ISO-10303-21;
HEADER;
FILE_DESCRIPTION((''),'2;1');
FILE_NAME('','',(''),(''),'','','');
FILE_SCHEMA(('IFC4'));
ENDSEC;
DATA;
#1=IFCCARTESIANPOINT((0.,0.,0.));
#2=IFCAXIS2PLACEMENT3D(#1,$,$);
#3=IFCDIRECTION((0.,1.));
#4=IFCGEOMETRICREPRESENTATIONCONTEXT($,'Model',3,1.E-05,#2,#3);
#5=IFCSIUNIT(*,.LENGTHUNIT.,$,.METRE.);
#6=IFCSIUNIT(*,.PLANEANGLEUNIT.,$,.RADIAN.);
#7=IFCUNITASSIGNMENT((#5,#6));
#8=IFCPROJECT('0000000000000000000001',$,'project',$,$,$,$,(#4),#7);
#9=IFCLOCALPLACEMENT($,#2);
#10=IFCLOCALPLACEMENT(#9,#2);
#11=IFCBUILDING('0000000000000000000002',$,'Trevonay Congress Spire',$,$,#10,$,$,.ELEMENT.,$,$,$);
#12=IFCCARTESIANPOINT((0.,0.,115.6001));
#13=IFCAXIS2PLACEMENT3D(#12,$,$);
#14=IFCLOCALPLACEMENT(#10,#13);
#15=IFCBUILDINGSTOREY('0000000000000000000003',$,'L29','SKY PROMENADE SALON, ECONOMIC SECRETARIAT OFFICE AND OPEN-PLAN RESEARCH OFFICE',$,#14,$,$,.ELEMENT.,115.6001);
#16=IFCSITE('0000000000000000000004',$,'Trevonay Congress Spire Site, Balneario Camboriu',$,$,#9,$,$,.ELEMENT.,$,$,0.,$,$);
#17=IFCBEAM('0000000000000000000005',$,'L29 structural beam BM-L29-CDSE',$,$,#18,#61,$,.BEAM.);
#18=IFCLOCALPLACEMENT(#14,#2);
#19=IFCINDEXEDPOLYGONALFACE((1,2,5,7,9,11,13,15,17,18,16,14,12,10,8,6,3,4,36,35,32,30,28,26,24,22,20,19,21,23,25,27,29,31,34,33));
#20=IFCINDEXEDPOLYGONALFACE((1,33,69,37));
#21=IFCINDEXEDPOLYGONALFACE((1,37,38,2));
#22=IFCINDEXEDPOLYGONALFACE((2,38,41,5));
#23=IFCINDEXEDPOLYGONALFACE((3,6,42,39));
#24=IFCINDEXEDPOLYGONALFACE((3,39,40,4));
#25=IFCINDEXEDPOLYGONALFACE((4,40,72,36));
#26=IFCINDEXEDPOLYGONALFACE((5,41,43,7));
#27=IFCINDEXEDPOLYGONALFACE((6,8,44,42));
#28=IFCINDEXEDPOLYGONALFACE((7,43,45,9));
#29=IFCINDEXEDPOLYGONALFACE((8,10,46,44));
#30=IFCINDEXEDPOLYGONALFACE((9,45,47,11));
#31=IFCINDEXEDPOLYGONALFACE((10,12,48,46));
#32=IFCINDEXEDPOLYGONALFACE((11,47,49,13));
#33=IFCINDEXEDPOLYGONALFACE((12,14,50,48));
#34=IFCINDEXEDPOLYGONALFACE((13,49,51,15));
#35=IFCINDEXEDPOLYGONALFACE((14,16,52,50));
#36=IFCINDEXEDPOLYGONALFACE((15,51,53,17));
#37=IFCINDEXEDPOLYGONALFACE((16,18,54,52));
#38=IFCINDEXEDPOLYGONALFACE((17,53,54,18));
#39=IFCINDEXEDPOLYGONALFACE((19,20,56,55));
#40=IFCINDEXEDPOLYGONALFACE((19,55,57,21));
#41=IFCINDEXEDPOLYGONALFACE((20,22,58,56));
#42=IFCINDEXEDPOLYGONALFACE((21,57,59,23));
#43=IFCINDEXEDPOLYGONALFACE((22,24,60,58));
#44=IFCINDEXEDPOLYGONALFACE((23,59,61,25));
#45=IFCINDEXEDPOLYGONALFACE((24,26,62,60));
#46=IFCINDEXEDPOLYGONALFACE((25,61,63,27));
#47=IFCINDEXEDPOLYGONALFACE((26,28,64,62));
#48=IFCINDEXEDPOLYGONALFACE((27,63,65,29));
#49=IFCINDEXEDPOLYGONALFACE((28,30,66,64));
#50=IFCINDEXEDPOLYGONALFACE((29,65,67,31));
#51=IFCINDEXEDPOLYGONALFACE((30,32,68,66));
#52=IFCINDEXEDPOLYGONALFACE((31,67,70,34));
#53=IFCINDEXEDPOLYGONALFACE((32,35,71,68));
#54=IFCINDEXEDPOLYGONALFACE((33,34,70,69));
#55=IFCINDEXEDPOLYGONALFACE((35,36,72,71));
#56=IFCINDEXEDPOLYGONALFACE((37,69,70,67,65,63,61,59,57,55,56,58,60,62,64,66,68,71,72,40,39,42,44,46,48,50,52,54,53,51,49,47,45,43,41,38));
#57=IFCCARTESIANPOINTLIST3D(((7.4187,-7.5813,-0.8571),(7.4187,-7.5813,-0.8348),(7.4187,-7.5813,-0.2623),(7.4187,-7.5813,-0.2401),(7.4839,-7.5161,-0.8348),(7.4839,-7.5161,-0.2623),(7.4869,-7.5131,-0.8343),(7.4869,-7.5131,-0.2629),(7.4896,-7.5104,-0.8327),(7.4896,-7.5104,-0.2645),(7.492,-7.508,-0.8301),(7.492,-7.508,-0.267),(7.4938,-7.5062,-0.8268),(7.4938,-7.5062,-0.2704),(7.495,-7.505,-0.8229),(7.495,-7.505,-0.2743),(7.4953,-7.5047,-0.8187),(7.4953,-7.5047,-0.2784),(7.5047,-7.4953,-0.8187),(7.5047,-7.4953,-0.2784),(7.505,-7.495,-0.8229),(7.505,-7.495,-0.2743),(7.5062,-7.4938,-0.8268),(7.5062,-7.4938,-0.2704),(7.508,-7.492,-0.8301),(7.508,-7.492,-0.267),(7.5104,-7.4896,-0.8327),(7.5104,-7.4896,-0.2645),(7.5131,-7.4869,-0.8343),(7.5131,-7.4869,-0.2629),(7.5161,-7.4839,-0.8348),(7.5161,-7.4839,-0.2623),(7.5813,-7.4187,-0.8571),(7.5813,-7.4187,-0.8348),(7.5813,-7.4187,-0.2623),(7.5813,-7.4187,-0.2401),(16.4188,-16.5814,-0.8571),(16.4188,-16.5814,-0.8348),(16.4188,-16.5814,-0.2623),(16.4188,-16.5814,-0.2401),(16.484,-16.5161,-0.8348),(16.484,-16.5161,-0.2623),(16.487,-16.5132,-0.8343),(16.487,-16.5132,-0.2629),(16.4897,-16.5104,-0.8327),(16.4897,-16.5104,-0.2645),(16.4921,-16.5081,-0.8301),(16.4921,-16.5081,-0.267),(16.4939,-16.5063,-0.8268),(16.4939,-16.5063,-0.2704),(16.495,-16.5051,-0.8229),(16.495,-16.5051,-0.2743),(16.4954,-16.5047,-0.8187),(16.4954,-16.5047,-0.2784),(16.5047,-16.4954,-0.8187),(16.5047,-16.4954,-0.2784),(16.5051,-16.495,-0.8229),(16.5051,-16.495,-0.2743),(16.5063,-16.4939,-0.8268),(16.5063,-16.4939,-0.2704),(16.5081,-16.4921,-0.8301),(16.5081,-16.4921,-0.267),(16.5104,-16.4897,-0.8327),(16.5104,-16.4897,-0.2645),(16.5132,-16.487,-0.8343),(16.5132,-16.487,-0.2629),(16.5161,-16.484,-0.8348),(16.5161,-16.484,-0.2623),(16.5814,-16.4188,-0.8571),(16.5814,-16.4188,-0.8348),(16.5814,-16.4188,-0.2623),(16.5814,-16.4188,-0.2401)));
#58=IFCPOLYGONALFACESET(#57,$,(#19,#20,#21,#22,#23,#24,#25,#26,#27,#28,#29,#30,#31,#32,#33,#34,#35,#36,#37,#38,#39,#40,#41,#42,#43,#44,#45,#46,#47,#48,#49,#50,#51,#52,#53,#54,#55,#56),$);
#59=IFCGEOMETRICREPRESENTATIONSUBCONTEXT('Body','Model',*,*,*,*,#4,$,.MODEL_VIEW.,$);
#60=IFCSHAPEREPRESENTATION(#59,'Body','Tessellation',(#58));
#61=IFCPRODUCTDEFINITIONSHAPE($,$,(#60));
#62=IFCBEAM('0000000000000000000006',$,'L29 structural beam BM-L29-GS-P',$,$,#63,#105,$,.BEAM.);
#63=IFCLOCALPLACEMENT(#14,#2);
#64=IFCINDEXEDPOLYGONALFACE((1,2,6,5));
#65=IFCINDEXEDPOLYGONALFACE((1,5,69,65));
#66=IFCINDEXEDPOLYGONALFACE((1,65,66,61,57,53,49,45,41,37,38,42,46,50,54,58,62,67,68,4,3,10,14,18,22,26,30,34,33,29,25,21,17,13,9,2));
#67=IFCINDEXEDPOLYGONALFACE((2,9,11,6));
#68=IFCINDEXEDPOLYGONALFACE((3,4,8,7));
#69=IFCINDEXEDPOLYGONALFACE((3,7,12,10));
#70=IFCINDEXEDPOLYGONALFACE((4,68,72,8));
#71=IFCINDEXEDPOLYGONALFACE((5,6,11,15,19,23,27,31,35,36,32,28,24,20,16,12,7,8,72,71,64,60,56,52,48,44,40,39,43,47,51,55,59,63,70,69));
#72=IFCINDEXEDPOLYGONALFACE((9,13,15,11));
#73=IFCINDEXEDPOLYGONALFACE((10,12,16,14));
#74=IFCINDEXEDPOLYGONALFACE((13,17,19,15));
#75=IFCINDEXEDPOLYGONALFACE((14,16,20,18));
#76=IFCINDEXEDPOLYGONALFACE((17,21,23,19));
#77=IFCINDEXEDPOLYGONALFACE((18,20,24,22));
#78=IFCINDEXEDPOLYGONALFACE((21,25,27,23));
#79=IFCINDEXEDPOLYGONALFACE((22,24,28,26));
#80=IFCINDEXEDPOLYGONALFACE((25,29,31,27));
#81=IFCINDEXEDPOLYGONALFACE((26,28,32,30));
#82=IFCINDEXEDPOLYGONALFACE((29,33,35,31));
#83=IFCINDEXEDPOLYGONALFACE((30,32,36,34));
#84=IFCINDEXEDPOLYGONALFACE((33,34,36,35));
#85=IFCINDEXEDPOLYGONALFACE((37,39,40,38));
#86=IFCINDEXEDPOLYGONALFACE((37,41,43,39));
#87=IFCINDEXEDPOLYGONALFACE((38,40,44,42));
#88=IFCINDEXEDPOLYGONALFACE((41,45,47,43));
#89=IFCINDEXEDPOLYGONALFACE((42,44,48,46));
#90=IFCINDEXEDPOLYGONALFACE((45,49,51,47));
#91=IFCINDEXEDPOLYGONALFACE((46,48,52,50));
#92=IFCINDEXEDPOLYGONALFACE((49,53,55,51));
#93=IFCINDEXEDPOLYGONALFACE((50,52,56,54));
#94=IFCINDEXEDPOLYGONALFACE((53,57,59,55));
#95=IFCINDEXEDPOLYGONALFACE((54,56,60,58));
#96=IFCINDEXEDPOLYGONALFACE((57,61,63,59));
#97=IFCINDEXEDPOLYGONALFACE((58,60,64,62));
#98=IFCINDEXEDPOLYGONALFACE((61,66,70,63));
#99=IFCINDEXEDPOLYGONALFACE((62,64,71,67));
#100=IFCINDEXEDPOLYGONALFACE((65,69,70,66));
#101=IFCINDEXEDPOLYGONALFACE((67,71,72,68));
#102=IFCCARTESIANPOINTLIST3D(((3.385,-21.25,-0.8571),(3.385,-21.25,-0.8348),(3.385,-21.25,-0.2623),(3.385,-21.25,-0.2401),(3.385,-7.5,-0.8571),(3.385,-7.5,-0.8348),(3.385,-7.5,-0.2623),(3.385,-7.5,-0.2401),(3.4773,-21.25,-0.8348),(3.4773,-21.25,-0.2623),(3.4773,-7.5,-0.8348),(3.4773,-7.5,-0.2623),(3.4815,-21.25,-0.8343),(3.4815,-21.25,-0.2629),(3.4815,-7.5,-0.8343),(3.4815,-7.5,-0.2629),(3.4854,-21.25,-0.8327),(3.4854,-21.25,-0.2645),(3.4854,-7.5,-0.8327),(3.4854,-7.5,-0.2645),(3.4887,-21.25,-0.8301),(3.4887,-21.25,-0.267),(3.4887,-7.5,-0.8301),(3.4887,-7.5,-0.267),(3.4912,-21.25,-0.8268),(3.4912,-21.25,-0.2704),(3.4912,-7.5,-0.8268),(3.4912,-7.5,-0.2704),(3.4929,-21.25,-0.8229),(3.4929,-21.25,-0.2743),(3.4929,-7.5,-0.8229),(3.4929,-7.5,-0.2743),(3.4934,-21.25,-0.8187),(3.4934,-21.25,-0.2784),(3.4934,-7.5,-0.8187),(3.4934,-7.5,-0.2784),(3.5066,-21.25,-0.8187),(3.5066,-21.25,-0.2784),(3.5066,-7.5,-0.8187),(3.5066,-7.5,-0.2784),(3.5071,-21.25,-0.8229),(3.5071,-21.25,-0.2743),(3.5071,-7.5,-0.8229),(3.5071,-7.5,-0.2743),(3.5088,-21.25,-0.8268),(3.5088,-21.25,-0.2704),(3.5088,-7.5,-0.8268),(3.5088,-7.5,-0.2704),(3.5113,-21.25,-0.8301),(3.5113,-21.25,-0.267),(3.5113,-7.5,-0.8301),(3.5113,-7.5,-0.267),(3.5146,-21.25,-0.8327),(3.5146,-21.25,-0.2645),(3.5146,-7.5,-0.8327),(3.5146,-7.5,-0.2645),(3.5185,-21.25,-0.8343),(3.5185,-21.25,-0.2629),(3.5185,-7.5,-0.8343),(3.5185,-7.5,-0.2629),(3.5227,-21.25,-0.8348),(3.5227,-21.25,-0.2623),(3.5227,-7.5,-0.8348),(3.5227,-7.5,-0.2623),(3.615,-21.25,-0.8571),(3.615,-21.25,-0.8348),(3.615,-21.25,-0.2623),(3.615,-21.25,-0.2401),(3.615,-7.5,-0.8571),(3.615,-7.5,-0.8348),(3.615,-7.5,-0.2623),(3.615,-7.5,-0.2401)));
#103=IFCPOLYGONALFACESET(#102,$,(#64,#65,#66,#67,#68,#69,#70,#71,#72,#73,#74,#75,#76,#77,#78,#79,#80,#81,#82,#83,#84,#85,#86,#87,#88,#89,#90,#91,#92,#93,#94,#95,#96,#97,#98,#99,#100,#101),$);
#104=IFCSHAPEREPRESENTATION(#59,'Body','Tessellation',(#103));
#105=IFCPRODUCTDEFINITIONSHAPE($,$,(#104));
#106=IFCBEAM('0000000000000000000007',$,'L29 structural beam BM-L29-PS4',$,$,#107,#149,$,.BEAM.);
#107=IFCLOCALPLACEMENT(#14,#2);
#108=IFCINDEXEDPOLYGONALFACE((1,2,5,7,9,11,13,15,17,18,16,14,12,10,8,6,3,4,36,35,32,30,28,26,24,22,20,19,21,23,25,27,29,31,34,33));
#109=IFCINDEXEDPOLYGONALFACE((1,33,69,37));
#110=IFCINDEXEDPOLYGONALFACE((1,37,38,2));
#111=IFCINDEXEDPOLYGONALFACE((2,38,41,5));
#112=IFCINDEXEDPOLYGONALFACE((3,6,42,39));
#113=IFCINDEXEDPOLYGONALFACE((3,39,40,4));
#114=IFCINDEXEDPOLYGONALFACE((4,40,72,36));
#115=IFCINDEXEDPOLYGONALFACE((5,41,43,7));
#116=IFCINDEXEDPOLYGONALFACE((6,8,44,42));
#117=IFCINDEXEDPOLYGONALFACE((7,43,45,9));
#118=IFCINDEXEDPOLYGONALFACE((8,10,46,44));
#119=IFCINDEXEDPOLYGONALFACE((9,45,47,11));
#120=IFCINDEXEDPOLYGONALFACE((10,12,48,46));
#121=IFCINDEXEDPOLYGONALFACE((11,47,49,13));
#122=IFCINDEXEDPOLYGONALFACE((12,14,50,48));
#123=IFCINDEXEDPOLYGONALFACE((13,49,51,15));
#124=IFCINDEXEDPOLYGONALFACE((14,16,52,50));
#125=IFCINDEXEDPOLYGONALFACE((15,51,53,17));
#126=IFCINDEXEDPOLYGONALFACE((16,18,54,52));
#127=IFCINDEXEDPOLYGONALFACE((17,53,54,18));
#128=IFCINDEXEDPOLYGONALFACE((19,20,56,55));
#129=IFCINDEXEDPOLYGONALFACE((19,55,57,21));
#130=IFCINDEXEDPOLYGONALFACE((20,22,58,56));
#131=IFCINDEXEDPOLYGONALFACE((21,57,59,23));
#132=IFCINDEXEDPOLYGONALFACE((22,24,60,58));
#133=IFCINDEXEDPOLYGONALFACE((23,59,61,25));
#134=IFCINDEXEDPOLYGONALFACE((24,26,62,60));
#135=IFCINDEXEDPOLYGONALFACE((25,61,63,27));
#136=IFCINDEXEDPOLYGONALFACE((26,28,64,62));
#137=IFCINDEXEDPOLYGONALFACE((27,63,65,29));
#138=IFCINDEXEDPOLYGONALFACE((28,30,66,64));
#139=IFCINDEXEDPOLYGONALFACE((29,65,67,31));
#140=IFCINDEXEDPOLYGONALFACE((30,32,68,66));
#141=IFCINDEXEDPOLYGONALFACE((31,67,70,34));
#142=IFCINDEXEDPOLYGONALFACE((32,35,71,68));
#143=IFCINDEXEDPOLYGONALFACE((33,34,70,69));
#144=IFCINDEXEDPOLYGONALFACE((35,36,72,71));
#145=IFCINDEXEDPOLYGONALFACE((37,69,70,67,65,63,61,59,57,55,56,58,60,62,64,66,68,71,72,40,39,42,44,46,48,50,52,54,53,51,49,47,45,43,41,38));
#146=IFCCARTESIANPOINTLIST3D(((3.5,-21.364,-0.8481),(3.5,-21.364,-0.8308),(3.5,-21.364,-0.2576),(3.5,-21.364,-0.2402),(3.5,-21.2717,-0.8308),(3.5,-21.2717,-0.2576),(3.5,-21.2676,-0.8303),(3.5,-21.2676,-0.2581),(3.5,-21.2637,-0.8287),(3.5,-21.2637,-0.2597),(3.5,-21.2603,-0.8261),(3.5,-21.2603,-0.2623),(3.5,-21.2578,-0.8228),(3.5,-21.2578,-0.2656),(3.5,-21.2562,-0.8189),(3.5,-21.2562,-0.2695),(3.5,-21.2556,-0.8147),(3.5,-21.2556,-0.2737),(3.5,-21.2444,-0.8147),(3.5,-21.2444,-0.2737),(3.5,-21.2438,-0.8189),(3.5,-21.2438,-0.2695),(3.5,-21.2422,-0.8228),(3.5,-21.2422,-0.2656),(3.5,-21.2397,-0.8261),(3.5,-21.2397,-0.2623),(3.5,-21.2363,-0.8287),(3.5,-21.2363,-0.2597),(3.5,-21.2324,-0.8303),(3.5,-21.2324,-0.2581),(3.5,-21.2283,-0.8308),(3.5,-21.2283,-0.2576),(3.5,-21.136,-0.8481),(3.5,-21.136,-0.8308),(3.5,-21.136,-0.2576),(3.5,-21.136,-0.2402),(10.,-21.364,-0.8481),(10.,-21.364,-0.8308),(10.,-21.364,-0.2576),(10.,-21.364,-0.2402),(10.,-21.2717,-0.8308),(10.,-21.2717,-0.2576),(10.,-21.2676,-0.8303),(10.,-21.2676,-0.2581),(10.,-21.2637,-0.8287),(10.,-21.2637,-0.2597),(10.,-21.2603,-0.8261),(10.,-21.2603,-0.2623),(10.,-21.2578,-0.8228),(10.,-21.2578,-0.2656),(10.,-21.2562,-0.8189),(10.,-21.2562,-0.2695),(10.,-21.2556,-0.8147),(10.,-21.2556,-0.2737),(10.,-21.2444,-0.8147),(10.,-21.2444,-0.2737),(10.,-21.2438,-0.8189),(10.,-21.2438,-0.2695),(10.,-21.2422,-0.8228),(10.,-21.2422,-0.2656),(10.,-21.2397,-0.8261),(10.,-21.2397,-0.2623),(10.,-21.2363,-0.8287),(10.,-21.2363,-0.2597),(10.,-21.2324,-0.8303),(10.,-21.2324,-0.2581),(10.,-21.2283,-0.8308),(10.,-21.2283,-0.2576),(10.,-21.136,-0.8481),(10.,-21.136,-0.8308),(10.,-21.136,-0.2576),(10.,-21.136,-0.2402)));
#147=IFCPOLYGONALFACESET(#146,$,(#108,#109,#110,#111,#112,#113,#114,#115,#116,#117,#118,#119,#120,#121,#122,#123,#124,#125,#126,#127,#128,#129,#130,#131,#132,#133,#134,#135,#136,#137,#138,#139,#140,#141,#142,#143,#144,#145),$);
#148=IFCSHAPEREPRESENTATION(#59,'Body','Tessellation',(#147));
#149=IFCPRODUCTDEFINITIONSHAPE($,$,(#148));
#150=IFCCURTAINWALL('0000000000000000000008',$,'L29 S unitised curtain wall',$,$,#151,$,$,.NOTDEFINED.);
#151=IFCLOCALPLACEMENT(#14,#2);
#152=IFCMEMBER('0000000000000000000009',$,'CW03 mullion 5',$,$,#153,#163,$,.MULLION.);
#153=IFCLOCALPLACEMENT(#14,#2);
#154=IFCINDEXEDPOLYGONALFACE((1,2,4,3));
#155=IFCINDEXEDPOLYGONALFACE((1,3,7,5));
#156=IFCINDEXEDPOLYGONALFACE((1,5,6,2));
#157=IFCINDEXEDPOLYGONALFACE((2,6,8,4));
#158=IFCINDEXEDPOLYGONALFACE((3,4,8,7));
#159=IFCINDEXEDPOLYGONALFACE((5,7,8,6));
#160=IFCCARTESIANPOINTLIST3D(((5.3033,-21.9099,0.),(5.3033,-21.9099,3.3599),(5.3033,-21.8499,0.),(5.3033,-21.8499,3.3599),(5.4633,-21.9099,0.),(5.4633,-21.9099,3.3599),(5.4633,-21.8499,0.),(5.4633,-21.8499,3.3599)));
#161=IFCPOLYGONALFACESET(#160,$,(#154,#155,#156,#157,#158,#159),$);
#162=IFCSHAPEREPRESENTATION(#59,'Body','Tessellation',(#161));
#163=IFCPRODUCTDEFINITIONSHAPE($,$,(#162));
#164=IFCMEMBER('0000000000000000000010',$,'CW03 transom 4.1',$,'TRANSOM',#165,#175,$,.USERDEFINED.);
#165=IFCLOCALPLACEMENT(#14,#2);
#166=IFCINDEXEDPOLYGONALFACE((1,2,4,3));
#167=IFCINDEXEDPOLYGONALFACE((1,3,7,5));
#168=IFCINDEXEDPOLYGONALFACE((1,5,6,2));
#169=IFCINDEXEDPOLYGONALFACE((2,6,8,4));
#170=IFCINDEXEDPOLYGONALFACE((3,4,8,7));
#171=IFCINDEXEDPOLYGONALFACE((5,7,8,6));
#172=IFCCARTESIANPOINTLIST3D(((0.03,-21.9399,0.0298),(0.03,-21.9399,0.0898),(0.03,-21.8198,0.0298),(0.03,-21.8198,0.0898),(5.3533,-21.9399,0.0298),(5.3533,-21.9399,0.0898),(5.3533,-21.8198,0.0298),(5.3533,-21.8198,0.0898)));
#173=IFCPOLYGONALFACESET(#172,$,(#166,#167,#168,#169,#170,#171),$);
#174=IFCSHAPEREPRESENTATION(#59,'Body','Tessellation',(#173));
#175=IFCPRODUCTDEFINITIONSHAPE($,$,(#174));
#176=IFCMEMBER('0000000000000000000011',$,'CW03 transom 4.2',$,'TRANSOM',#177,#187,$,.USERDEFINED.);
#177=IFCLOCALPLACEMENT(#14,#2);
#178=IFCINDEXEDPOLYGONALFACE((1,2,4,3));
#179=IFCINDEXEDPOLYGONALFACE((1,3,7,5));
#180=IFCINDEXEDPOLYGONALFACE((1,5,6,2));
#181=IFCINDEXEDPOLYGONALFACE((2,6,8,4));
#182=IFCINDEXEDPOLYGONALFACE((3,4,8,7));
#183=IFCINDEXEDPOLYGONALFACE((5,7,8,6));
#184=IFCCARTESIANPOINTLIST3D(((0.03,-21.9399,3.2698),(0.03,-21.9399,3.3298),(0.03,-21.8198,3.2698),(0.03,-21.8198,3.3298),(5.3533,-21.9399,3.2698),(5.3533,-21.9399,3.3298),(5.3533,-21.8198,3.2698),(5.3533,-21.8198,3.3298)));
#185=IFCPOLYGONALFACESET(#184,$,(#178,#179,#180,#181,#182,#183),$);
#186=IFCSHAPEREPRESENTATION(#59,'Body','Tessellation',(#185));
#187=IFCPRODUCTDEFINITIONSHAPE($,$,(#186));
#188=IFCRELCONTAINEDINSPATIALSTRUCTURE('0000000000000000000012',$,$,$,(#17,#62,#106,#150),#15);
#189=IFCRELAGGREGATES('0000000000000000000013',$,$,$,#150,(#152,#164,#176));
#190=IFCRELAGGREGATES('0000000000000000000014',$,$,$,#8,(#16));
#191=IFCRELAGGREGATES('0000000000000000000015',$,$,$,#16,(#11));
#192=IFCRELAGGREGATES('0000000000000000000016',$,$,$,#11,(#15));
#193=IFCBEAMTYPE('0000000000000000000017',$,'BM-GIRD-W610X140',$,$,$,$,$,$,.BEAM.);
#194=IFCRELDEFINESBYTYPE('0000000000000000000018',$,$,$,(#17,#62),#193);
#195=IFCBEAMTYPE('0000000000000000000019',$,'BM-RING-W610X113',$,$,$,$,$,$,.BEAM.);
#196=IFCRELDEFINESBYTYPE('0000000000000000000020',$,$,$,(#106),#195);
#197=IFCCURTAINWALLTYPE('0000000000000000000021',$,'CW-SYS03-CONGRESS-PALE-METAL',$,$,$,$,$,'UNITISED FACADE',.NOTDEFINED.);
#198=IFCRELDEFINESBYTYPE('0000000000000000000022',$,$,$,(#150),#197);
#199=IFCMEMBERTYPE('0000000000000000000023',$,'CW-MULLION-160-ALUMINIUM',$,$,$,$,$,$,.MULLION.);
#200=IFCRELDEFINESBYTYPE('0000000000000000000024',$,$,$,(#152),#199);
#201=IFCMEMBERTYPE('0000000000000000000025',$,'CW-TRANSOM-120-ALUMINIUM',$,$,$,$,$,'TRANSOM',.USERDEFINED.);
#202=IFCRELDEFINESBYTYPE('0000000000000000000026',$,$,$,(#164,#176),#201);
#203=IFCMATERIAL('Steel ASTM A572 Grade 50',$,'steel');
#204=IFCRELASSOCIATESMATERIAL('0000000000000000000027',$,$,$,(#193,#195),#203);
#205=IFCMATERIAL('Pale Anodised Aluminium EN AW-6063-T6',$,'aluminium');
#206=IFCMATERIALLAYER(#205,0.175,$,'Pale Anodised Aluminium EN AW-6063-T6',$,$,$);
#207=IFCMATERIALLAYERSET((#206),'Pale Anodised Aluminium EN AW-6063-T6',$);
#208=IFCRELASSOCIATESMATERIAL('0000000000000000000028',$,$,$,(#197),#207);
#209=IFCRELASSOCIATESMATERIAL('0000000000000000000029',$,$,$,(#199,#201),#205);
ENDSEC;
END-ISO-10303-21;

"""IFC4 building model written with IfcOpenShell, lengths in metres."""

from ifc_helpers import new_model, si_unit, direction, frame, origin, origin_2d, place, context, subcontext, project, spatial, rectangle, i_section, extrude, material, layer, layer_set, material_profile, profile_set, type_object, element, aggregate, save


model = new_model("IFC4")

# Units and contexts
model_context = context("Model", 3, precision=1e-05, world=origin(), true_north=direction((0.0, 1.0)))
body_context = subcontext(model_context, "Body", "Model", "MODEL_VIEW")
ifc_project = project(units=[si_unit("LENGTHUNIT", "METRE"), si_unit("PLANEANGLEUNIT", "RADIAN")], contexts=[model_context])

# Site, building, storey
site_placement = place(None, origin())
site = spatial("IfcSite", under=ifc_project, at=site_placement, Name="Trevonay Congress Spire Site, Balneario Camboriu", CompositionType="ELEMENT", RefElevation=0.0)
building_placement = place(site_placement, origin())
building = spatial("IfcBuilding", under=site, at=building_placement, Name="Trevonay Congress Spire", CompositionType="ELEMENT")
storey_placement = place(building_placement, frame((0.0, 0.0, 115.6001)))
storey = spatial("IfcBuildingStorey", under=building, at=storey_placement, Name="L29", Description="SKY PROMENADE SALON, ECONOMIC SECRETARIAT OFFICE AND OPEN-PLAN RESEARCH OFFICE", CompositionType="ELEMENT", Elevation=115.6001)

# Shared definitions
ifc_material_1 = material(Name="Steel ASTM A572 Grade 50", Category="steel")

# Beams
ifc_material_profile_1 = material_profile(ifc_material_1, i_section(OverallWidth=0.23, OverallDepth=0.6169, WebThickness=0.0132, FlangeThickness=0.0222, FilletRadius=0.0161, at=origin_2d()), Name="W610x140")
ifc_profile_set_1 = profile_set([ifc_material_profile_1], Name="Steel ASTM A572 Grade 50")
beam_type_1 = type_object("IfcBeamType", Name="BM-GIRD-W610X140", PredefinedType="BEAM", material=ifc_profile_set_1)
beam_1_placement = place(storey_placement, frame((7.5, -7.5, -0.5486), z_axis=(0.707107, -0.707107, 0.0), x_axis=(0.707107, 0.707107, 0.0)))
element("IfcBeam", 1, at=beam_1_placement, inside=storey, type_object=beam_type_1, Name="L29 structural beam BM-L29-CDSE", PredefinedType="BEAM", context=body_context, shape_type="SweptSolid", body=[
    extrude(i_section(OverallWidth=0.23, OverallDepth=0.6169, WebThickness=0.0132, FlangeThickness=0.0222, FilletRadius=0.0161, at=origin_2d()), origin(), (0.0, 0.0, 1.0), 12.728),
])
beam_2_placement = place(storey_placement, frame((3.5, -7.5, -0.5486), z_axis=(0.0, -1.0, 0.0), x_axis=(1.0, 0.0, 0.0)))
element("IfcBeam", 2, at=beam_2_placement, inside=storey, type_object=beam_type_1, Name="L29 structural beam BM-L29-GS-P", PredefinedType="BEAM", context=body_context, shape_type="SweptSolid", body=[
    extrude(i_section(OverallWidth=0.23, OverallDepth=0.6169, WebThickness=0.0132, FlangeThickness=0.0222, FilletRadius=0.0161, at=origin_2d()), origin(), (0.0, 0.0, 1.0), 13.75),
])
ifc_material_profile_2 = material_profile(ifc_material_1, i_section(OverallWidth=0.228, OverallDepth=0.6079, WebThickness=0.0112, FlangeThickness=0.0173, FilletRadius=0.0161, at=origin_2d()), Name="W610x113")
ifc_profile_set_2 = profile_set([ifc_material_profile_2], Name="Steel ASTM A572 Grade 50")
beam_type_2 = type_object("IfcBeamType", Name="BM-RING-W610X113", PredefinedType="BEAM", material=ifc_profile_set_2)
beam_3_placement = place(storey_placement, frame((3.5, -21.25, -0.5442), z_axis=(1.0, 0.0, 0.0), x_axis=(0.0, 1.0, 0.0)))
element("IfcBeam", 3, at=beam_3_placement, inside=storey, type_object=beam_type_2, Name="L29 structural beam BM-L29-PS4", PredefinedType="BEAM", context=body_context, shape_type="SweptSolid", body=[
    extrude(i_section(OverallWidth=0.228, OverallDepth=0.6079, WebThickness=0.0112, FlangeThickness=0.0173, FilletRadius=0.0161, at=origin_2d()), origin(), (0.0, 0.0, 1.0), 6.5),
])

# Curtain wall, members
ifc_material_2 = material(Name="Pale Anodised Aluminium EN AW-6063-T6", Category="aluminium")
ifc_layer_1 = layer(ifc_material_2, 0.175, Name="Pale Anodised Aluminium EN AW-6063-T6")
ifc_layer_set_1 = layer_set([ifc_layer_1], Name="Pale Anodised Aluminium EN AW-6063-T6")
curtain_wall_type = type_object("IfcCurtainWallType", Name="CW-SYS03-CONGRESS-PALE-METAL", ElementType="UNITISED FACADE", PredefinedType="NOTDEFINED", material=ifc_layer_set_1)
curtain_wall_placement = place(storey_placement, origin())
curtain_wall = element("IfcCurtainWall", 4, at=curtain_wall_placement, inside=storey, type_object=curtain_wall_type, Name="L29 S unitised curtain wall", PredefinedType="NOTDEFINED")
ifc_material_profile_3 = material_profile(ifc_material_2, rectangle(XDim=0.0601, YDim=0.1599, at=origin_2d()), Name="CW-MULLION-160-ALUMINIUM")
ifc_profile_set_3 = profile_set([ifc_material_profile_3], Name="Pale Anodised Aluminium EN AW-6063-T6")
member_type_1 = type_object("IfcMemberType", Name="CW-MULLION-160-ALUMINIUM", PredefinedType="MULLION", material=ifc_profile_set_3)
member_1_placement = place(storey_placement, frame((5.3833, -21.8799, 0.0), z_axis=(0.0, 0.0, 1.0), x_axis=(0.0, 1.0, 0.0)))
member_1 = element("IfcMember", 5, at=member_1_placement, type_object=member_type_1, Name="CW03 mullion 5", PredefinedType="MULLION", context=body_context, shape_type="SweptSolid", body=[
    extrude(rectangle(XDim=0.0601, YDim=0.1599, at=origin_2d()), origin(), (0.0, 0.0, 1.0), 3.3599),
])
ifc_material_profile_4 = material_profile(ifc_material_2, rectangle(XDim=0.1201, YDim=0.0601, at=origin_2d()), Name="CW-TRANSOM-120-ALUMINIUM")
ifc_profile_set_4 = profile_set([ifc_material_profile_4], Name="Pale Anodised Aluminium EN AW-6063-T6")
member_type_2 = type_object("IfcMemberType", Name="CW-TRANSOM-120-ALUMINIUM", ElementType="TRANSOM", PredefinedType="USERDEFINED", material=ifc_profile_set_4)
member_2_placement = place(storey_placement, frame((0.03, -21.8799, 0.0598), z_axis=(1.0, 0.0, 0.0), x_axis=(0.0, 1.0, 0.0)))
member_2 = element("IfcMember", 6, at=member_2_placement, type_object=member_type_2, Name="CW03 transom 4.1", ObjectType="TRANSOM", PredefinedType="USERDEFINED", context=body_context, shape_type="SweptSolid", body=[
    extrude(rectangle(XDim=0.1201, YDim=0.0601, at=origin_2d()), origin(), (0.0, 0.0, 1.0), 5.3232),
])
member_3_placement = place(storey_placement, frame((0.03, -21.8799, 3.2998), z_axis=(1.0, 0.0, 0.0), x_axis=(0.0, 1.0, 0.0)))
member_3 = element("IfcMember", 7, at=member_3_placement, type_object=member_type_2, Name="CW03 transom 4.2", ObjectType="TRANSOM", PredefinedType="USERDEFINED", context=body_context, shape_type="SweptSolid", body=[
    extrude(rectangle(XDim=0.1201, YDim=0.0601, at=origin_2d()), origin(), (0.0, 0.0, 1.0), 5.3232),
])

aggregate(curtain_wall, [member_1, member_2, member_3])

save(model, "model.ifc")
